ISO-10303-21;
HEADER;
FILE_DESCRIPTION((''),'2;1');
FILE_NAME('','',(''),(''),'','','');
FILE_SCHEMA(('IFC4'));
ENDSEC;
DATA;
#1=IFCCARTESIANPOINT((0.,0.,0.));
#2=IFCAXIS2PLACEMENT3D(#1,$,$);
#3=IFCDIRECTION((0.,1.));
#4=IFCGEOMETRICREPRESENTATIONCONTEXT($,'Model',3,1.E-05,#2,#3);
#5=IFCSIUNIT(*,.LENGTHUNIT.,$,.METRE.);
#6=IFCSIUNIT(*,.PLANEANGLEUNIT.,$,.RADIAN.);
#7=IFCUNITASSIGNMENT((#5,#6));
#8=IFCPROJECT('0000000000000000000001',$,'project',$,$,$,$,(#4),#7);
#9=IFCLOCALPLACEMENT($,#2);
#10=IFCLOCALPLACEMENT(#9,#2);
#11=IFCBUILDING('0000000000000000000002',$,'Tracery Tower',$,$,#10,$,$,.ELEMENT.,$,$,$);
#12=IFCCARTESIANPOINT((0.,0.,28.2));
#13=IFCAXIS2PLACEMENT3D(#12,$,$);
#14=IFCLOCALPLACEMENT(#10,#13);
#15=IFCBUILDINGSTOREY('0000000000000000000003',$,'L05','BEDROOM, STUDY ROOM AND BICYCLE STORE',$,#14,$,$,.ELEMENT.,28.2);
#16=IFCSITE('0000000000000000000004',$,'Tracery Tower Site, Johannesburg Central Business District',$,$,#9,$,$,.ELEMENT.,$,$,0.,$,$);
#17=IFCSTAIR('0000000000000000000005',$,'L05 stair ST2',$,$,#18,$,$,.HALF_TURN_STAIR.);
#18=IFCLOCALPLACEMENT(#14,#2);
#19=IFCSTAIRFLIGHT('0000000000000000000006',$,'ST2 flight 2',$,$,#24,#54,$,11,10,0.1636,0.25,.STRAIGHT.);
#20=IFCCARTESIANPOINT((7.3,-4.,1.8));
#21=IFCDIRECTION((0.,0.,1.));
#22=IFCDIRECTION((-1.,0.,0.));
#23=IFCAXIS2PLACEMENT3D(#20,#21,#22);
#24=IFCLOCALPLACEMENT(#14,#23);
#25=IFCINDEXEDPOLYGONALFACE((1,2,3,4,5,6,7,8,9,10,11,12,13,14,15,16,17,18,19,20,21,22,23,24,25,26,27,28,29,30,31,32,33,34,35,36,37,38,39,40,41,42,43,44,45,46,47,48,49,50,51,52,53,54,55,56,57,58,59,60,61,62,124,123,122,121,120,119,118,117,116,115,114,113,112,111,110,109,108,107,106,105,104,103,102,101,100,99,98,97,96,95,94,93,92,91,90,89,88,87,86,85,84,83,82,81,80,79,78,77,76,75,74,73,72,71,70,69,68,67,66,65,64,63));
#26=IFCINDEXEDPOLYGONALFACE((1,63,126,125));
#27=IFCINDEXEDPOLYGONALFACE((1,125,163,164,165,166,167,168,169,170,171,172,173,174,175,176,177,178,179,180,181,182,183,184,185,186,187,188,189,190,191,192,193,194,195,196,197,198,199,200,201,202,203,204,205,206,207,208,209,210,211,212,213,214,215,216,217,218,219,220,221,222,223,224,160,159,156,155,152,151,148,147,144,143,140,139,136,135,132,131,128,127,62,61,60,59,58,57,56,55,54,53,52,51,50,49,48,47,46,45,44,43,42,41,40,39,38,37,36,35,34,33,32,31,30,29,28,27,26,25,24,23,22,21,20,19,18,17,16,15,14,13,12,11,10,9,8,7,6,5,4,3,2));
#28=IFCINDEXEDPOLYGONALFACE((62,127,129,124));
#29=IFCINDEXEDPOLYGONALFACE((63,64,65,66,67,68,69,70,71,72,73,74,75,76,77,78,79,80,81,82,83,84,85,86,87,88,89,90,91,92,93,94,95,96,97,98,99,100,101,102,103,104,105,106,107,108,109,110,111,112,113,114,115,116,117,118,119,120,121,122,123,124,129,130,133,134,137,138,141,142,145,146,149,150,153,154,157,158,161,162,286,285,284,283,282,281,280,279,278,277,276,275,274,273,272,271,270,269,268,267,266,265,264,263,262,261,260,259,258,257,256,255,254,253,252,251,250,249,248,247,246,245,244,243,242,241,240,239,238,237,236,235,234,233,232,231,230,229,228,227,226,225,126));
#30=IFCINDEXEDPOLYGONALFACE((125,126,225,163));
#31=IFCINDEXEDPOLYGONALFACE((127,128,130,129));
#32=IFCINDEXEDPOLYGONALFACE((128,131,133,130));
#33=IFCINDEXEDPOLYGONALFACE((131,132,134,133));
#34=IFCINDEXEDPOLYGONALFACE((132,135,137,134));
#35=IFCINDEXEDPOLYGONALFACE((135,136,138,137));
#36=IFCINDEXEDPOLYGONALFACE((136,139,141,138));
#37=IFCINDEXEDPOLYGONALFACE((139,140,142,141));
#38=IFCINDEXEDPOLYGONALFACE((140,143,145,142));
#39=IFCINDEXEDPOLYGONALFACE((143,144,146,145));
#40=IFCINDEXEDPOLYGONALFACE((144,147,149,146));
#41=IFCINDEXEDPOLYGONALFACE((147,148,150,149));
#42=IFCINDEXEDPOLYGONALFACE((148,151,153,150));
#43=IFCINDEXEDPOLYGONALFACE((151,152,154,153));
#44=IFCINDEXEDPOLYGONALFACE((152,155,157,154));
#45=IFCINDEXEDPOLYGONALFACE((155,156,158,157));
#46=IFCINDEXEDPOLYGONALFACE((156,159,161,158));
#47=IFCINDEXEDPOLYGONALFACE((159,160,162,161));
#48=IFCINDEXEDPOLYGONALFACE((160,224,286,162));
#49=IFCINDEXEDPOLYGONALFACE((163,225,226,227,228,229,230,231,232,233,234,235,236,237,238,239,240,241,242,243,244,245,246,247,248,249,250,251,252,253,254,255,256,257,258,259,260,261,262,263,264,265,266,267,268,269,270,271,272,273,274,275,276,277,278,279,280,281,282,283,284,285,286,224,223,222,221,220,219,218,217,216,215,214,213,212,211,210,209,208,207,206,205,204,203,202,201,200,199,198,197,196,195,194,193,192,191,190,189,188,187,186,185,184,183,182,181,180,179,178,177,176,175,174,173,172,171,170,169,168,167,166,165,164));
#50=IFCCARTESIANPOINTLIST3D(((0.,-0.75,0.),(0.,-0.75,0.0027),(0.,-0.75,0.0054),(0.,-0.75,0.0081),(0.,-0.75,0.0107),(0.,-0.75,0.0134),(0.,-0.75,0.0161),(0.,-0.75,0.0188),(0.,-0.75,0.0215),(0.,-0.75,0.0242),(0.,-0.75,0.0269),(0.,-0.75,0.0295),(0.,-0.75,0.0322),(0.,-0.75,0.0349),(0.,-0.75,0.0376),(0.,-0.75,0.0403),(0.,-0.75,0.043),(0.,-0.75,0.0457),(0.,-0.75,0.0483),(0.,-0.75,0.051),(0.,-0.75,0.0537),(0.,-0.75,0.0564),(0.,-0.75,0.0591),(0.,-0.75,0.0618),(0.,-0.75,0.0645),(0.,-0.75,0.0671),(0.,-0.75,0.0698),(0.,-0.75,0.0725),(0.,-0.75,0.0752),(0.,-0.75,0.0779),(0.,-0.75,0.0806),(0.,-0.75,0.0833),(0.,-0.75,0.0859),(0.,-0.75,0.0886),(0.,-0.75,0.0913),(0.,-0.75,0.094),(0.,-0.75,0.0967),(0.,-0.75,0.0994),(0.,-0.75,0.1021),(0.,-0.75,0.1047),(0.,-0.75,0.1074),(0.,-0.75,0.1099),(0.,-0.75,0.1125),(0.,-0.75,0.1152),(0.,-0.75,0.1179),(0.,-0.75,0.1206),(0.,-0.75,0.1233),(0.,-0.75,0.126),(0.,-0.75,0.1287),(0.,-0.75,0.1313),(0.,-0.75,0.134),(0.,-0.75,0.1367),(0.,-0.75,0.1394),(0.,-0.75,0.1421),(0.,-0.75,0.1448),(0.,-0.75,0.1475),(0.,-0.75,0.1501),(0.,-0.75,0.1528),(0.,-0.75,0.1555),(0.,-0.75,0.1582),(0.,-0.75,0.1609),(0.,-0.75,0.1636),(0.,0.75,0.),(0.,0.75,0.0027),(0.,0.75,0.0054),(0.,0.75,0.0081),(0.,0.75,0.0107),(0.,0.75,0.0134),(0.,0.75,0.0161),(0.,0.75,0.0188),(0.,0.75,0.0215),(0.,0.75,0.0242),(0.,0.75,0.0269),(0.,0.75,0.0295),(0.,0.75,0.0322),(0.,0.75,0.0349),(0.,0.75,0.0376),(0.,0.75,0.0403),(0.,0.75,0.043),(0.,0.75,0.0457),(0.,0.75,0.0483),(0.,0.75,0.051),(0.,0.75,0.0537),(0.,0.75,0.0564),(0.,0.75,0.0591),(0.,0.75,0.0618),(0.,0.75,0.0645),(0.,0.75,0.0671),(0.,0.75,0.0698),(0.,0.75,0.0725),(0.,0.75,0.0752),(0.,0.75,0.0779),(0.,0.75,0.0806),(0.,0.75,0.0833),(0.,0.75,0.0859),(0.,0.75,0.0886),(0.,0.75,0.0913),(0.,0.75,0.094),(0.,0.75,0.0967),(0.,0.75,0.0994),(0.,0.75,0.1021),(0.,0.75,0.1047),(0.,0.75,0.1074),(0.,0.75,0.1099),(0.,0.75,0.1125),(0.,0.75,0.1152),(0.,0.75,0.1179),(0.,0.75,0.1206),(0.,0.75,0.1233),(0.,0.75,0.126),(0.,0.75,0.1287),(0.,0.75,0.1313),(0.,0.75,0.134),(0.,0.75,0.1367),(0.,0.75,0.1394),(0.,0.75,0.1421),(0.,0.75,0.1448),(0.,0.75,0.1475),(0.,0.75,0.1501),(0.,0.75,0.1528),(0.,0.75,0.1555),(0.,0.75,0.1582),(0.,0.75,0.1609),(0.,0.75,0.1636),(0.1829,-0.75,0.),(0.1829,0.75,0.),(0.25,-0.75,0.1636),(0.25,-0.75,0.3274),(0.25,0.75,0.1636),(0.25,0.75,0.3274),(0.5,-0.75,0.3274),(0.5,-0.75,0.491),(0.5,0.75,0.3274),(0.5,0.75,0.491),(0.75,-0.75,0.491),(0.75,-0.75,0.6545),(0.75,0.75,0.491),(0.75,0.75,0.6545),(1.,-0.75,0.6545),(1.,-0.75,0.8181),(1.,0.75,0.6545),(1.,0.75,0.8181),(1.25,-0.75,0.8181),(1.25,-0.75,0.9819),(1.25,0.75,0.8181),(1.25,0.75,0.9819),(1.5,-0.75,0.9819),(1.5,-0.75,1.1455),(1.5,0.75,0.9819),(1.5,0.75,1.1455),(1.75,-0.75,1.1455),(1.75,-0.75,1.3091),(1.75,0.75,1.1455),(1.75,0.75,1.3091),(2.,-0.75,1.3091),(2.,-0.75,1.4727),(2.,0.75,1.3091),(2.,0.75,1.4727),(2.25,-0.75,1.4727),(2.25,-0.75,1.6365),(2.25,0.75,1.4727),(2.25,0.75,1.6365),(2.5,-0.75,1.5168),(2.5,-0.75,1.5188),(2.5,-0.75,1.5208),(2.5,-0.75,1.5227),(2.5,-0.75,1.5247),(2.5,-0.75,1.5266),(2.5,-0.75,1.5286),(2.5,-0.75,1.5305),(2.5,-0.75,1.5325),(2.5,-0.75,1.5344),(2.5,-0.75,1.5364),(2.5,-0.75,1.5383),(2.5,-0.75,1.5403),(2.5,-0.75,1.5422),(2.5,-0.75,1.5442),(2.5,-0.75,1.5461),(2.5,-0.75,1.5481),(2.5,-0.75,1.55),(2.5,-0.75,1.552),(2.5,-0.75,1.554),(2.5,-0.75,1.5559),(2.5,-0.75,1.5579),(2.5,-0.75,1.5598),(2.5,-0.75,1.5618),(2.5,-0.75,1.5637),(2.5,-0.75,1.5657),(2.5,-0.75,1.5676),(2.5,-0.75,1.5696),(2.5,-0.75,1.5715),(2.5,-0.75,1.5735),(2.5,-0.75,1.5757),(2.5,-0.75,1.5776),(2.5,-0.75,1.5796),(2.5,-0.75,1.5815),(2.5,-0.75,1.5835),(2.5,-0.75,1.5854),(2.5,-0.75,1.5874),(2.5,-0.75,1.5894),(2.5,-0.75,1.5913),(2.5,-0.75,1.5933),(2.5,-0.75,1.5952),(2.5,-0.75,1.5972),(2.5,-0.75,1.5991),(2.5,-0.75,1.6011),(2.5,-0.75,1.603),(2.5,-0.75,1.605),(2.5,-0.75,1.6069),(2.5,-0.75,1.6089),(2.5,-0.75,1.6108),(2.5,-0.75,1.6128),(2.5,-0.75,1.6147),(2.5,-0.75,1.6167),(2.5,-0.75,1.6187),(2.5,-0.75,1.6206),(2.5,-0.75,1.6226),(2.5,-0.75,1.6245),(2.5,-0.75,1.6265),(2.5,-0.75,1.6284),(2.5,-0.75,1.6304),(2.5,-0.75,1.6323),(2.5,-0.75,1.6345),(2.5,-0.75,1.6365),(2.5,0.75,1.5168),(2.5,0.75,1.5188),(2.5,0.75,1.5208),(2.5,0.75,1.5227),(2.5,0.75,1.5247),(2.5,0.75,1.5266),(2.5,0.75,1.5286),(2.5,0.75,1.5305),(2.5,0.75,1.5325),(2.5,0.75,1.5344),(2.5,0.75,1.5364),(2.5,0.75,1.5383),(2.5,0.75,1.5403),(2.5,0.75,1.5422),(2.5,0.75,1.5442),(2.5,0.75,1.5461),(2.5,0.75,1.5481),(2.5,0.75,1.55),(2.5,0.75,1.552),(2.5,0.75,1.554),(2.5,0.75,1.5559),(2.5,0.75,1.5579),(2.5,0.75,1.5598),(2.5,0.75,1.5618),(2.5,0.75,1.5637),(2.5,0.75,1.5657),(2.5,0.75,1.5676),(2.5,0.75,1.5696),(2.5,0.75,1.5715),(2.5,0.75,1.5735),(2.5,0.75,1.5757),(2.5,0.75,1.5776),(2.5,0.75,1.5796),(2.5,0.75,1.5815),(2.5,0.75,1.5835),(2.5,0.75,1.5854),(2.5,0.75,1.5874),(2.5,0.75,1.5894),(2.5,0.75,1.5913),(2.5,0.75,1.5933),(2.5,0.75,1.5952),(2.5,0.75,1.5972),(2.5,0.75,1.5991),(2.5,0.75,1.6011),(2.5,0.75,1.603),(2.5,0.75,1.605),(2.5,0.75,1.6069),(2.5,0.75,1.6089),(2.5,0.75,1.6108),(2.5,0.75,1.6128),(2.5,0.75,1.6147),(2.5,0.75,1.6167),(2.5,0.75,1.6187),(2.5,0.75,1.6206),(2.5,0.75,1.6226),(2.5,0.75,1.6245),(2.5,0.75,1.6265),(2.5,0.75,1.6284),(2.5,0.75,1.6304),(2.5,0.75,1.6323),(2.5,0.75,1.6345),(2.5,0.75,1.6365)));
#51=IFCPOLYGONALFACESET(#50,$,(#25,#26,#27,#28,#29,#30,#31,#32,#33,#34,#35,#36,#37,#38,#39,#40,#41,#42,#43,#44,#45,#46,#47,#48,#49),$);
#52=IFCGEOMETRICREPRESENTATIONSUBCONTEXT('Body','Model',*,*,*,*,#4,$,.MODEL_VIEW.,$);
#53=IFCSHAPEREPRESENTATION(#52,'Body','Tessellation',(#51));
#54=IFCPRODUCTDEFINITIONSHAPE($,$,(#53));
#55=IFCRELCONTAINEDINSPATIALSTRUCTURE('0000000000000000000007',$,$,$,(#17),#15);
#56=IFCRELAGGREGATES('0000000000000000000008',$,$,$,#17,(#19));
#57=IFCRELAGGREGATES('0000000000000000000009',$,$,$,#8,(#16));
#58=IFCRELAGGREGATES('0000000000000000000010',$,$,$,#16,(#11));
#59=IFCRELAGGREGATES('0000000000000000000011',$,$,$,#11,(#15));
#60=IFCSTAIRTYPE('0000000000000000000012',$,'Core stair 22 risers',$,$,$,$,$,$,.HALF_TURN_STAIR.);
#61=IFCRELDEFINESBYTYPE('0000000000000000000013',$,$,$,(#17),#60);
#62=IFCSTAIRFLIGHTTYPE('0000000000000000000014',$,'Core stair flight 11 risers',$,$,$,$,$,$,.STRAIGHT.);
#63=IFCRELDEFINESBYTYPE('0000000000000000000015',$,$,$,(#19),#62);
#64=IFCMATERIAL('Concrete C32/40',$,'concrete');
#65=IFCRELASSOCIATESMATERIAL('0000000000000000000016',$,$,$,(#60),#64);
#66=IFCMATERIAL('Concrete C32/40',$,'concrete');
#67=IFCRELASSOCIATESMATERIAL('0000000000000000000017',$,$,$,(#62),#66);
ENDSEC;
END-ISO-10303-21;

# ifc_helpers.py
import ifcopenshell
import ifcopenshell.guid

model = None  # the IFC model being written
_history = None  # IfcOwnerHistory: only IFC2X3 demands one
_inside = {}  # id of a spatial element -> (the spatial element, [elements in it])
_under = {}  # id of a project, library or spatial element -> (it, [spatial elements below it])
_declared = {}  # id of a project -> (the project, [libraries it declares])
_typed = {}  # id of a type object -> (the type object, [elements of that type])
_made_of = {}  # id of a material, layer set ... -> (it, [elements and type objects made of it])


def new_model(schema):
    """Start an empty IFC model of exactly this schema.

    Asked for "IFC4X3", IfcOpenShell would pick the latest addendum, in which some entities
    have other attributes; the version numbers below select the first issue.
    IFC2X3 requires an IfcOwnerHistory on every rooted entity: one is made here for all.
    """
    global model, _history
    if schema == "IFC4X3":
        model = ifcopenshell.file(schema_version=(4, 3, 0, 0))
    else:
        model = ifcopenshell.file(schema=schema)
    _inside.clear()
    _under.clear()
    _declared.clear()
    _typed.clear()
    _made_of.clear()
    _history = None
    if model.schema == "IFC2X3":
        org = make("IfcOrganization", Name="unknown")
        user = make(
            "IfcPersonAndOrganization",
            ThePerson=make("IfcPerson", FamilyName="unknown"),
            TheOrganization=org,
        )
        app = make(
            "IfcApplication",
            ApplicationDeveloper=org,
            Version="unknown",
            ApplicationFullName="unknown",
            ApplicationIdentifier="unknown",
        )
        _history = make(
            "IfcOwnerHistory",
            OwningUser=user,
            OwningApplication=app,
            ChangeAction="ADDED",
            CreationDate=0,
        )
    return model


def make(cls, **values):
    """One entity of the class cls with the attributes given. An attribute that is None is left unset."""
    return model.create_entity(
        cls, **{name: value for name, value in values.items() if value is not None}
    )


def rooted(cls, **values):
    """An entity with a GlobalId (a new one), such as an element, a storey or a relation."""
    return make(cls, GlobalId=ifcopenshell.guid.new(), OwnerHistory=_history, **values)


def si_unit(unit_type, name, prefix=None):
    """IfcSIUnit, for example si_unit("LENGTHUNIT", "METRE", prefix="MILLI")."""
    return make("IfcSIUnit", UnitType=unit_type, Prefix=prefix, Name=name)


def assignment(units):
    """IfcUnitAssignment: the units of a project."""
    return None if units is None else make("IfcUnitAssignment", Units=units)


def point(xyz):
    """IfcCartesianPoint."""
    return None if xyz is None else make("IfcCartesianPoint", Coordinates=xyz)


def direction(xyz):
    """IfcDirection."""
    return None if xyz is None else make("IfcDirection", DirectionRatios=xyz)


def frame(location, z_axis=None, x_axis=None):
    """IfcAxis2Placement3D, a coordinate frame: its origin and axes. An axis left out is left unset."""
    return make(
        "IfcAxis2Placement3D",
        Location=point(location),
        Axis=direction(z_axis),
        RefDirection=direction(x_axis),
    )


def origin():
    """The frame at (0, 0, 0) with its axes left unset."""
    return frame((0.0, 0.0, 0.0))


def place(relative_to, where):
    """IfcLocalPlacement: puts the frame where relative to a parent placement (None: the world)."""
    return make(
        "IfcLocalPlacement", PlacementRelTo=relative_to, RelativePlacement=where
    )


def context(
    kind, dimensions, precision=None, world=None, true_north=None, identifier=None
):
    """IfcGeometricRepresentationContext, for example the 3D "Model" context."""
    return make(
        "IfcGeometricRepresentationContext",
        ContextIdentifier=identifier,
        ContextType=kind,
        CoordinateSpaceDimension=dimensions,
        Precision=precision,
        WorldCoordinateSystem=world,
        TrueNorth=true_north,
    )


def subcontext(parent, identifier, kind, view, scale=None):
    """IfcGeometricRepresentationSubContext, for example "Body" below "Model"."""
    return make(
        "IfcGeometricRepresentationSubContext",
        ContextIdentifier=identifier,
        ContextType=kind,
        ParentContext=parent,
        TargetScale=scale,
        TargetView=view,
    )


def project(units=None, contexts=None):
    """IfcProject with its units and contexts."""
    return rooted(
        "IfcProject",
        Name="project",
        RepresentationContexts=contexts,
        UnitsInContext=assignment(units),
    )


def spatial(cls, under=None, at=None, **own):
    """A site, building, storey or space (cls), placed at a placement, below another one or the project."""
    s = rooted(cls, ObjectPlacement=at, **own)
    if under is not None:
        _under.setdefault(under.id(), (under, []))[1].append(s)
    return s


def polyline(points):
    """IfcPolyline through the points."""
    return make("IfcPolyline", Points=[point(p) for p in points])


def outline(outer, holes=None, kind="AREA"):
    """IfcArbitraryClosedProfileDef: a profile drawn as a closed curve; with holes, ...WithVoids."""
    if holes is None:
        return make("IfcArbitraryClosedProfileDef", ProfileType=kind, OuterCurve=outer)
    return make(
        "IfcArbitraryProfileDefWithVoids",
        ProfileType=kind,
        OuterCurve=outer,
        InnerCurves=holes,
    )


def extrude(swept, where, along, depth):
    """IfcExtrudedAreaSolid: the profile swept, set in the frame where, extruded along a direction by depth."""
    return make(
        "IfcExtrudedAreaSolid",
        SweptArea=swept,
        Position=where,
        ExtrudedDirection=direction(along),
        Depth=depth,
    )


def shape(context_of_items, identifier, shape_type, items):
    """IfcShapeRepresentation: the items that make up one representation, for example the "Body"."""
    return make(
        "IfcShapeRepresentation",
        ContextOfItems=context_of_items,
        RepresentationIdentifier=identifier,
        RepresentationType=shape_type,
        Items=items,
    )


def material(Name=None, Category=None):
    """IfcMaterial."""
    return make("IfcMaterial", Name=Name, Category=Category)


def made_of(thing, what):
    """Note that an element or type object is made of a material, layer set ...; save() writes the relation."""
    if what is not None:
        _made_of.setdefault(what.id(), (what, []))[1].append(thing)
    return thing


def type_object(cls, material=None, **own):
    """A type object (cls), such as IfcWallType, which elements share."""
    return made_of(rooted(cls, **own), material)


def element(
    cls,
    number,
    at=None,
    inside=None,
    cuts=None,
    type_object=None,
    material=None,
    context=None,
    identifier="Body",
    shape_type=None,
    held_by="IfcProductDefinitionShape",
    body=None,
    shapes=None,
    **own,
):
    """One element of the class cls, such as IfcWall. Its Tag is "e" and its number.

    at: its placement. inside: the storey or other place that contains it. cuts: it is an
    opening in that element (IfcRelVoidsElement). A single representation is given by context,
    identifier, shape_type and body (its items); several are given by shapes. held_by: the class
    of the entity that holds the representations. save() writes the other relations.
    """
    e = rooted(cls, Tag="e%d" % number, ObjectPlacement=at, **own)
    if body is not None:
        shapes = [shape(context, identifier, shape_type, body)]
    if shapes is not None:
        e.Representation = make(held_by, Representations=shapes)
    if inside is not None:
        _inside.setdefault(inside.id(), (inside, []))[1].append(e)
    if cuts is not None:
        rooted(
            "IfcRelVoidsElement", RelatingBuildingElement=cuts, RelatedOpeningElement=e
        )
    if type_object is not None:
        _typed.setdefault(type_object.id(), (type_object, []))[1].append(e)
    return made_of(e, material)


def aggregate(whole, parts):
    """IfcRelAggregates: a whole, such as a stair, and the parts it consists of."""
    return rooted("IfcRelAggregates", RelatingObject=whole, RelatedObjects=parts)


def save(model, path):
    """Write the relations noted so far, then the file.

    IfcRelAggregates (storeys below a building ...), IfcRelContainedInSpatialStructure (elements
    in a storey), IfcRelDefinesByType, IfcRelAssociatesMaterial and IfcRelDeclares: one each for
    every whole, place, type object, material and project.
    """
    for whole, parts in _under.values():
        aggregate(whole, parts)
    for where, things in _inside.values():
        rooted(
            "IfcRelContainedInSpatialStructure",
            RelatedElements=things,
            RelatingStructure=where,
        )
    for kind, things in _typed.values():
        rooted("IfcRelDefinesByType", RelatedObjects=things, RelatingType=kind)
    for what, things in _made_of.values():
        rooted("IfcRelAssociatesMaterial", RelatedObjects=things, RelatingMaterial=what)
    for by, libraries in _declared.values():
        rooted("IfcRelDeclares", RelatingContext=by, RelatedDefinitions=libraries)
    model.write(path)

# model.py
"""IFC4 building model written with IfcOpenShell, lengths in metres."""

from ifc_helpers import new_model, si_unit, direction, frame, origin, place, context, subcontext, project, spatial, polyline, outline, extrude, material, type_object, element, aggregate, save


model = new_model("IFC4")

# Units and contexts
model_context = context("Model", 3, precision=1e-05, world=origin(), true_north=direction((0.0, 1.0)))
body_context = subcontext(model_context, "Body", "Model", "MODEL_VIEW")
ifc_project = project(units=[si_unit("LENGTHUNIT", "METRE"), si_unit("PLANEANGLEUNIT", "RADIAN")], contexts=[model_context])

# Site, building, storey
site_placement = place(None, origin())
site = spatial("IfcSite", under=ifc_project, at=site_placement, Name="Tracery Tower Site, Johannesburg Central Business District", CompositionType="ELEMENT", RefElevation=0.0)
building_placement = place(site_placement, origin())
building = spatial("IfcBuilding", under=site, at=building_placement, Name="Tracery Tower", CompositionType="ELEMENT")
storey_placement = place(building_placement, frame((0.0, 0.0, 28.2)))
storey = spatial("IfcBuildingStorey", under=building, at=storey_placement, Name="L05", Description="BEDROOM, STUDY ROOM AND BICYCLE STORE", CompositionType="ELEMENT", Elevation=28.2)

# Stair
ifc_material_1 = material(Name="Concrete C32/40", Category="concrete")
stair_type = type_object("IfcStairType", Name="Core stair 22 risers", PredefinedType="HALF_TURN_STAIR", material=ifc_material_1)
stair_1_placement = place(storey_placement, origin())
stair_1 = element("IfcStair", 1, at=stair_1_placement, inside=storey, type_object=stair_type, Name="L05 stair ST2", PredefinedType="HALF_TURN_STAIR")

# Stair flight
ifc_material_2 = material(Name="Concrete C32/40", Category="concrete")
stair_flight_type = type_object("IfcStairFlightType", Name="Core stair flight 11 risers", PredefinedType="STRAIGHT", material=ifc_material_2)
stair_flight_1_placement = place(storey_placement, frame((7.3, -4.0, 1.8), z_axis=(0.0, 0.0, 1.0), x_axis=(-1.0, 0.0, 0.0)))
stair_flight_1 = element("IfcStairFlight", 2, at=stair_flight_1_placement, type_object=stair_flight_type, Name="ST2 flight 2", NumberOfRisers=11, NumberOfTreads=10, PredefinedType="STRAIGHT", RiserHeight=0.1636, TreadLength=0.25, context=body_context, shape_type="SweptSolid", body=[
    extrude(outline(polyline([(0.0, 0.0), (0.0, 0.0027), (0.0, 0.0054), (0.0, 0.0081), (0.0, 0.0107), (0.0, 0.0134), (0.0, 0.0161), (0.0, 0.0188), (0.0, 0.0215), (0.0, 0.0242), (0.0, 0.0269), (0.0, 0.0295), (0.0, 0.0322), (0.0, 0.0349), (0.0, 0.0376), (0.0, 0.0403), (0.0, 0.043), (0.0, 0.0457), (0.0, 0.0483), (0.0, 0.051), (0.0, 0.0537), (0.0, 0.0564), (0.0, 0.0591), (0.0, 0.0618), (0.0, 0.0645), (0.0, 0.0671), (0.0, 0.0698), (0.0, 0.0725), (0.0, 0.0752), (0.0, 0.0779), (0.0, 0.0806), (0.0, 0.0833), (0.0, 0.0859), (0.0, 0.0886), (0.0, 0.0913), (0.0, 0.094), (0.0, 0.0967), (0.0, 0.0994), (0.0, 0.1021), (0.0, 0.1047), (0.0, 0.1074), (0.0, 0.1099), (0.0, 0.1125), (0.0, 0.1152), (0.0, 0.1179), (0.0, 0.1206), (0.0, 0.1233), (0.0, 0.126), (0.0, 0.1287), (0.0, 0.1313), (0.0, 0.134), (0.0, 0.1367), (0.0, 0.1394), (0.0, 0.1421), (0.0, 0.1448), (0.0, 0.1475), (0.0, 0.1501), (0.0, 0.1528), (0.0, 0.1555), (0.0, 0.1582), (0.0, 0.1609), (0.0, 0.1636), (0.25, 0.1636), (0.25, 0.3274), (0.5, 0.3274), (0.5, 0.491), (0.75, 0.491), (0.75, 0.6545), (1.0, 0.6545), (1.0, 0.8181), (1.25, 0.8181), (1.25, 0.9819), (1.5, 0.9819), (1.5, 1.1455), (1.75, 1.1455), (1.75, 1.3091), (2.0, 1.3091), (2.0, 1.4727), (2.25, 1.4727), (2.25, 1.6365), (2.5, 1.6365), (2.5, 1.6345), (2.5, 1.6323), (2.5, 1.6304), (2.5, 1.6284), (2.5, 1.6265), (2.5, 1.6245), (2.5, 1.6226), (2.5, 1.6206), (2.5, 1.6187), (2.5, 1.6167), (2.5, 1.6147), (2.5, 1.6128), (2.5, 1.6108), (2.5, 1.6089), (2.5, 1.6069), (2.5, 1.605), (2.5, 1.603), (2.5, 1.6011), (2.5, 1.5991), (2.5, 1.5972), (2.5, 1.5952), (2.5, 1.5933), (2.5, 1.5913), (2.5, 1.5894), (2.5, 1.5874), (2.5, 1.5854), (2.5, 1.5835), (2.5, 1.5815), (2.5, 1.5796), (2.5, 1.5776), (2.5, 1.5757), (2.5, 1.5735), (2.5, 1.5715), (2.5, 1.5696), (2.5, 1.5676), (2.5, 1.5657), (2.5, 1.5637), (2.5, 1.5618), (2.5, 1.5598), (2.5, 1.5579), (2.5, 1.5559), (2.5, 1.554), (2.5, 1.552), (2.5, 1.55), (2.5, 1.5481), (2.5, 1.5461), (2.5, 1.5442), (2.5, 1.5422), (2.5, 1.5403), (2.5, 1.5383), (2.5, 1.5364), (2.5, 1.5344), (2.5, 1.5325), (2.5, 1.5305), (2.5, 1.5286), (2.5, 1.5266), (2.5, 1.5247), (2.5, 1.5227), (2.5, 1.5208), (2.5, 1.5188), (2.5, 1.5168), (0.1829, 0.0), (0.0, 0.0)])), frame((0.0, 0.75, 0.0), z_axis=(0.0, -1.0, 0.0), x_axis=(1.0, 0.0, 0.0)), (0.0, 0.0, 1.0), 1.5),
])
aggregate(stair_1, [stair_flight_1])

save(model, "model.ifc")
